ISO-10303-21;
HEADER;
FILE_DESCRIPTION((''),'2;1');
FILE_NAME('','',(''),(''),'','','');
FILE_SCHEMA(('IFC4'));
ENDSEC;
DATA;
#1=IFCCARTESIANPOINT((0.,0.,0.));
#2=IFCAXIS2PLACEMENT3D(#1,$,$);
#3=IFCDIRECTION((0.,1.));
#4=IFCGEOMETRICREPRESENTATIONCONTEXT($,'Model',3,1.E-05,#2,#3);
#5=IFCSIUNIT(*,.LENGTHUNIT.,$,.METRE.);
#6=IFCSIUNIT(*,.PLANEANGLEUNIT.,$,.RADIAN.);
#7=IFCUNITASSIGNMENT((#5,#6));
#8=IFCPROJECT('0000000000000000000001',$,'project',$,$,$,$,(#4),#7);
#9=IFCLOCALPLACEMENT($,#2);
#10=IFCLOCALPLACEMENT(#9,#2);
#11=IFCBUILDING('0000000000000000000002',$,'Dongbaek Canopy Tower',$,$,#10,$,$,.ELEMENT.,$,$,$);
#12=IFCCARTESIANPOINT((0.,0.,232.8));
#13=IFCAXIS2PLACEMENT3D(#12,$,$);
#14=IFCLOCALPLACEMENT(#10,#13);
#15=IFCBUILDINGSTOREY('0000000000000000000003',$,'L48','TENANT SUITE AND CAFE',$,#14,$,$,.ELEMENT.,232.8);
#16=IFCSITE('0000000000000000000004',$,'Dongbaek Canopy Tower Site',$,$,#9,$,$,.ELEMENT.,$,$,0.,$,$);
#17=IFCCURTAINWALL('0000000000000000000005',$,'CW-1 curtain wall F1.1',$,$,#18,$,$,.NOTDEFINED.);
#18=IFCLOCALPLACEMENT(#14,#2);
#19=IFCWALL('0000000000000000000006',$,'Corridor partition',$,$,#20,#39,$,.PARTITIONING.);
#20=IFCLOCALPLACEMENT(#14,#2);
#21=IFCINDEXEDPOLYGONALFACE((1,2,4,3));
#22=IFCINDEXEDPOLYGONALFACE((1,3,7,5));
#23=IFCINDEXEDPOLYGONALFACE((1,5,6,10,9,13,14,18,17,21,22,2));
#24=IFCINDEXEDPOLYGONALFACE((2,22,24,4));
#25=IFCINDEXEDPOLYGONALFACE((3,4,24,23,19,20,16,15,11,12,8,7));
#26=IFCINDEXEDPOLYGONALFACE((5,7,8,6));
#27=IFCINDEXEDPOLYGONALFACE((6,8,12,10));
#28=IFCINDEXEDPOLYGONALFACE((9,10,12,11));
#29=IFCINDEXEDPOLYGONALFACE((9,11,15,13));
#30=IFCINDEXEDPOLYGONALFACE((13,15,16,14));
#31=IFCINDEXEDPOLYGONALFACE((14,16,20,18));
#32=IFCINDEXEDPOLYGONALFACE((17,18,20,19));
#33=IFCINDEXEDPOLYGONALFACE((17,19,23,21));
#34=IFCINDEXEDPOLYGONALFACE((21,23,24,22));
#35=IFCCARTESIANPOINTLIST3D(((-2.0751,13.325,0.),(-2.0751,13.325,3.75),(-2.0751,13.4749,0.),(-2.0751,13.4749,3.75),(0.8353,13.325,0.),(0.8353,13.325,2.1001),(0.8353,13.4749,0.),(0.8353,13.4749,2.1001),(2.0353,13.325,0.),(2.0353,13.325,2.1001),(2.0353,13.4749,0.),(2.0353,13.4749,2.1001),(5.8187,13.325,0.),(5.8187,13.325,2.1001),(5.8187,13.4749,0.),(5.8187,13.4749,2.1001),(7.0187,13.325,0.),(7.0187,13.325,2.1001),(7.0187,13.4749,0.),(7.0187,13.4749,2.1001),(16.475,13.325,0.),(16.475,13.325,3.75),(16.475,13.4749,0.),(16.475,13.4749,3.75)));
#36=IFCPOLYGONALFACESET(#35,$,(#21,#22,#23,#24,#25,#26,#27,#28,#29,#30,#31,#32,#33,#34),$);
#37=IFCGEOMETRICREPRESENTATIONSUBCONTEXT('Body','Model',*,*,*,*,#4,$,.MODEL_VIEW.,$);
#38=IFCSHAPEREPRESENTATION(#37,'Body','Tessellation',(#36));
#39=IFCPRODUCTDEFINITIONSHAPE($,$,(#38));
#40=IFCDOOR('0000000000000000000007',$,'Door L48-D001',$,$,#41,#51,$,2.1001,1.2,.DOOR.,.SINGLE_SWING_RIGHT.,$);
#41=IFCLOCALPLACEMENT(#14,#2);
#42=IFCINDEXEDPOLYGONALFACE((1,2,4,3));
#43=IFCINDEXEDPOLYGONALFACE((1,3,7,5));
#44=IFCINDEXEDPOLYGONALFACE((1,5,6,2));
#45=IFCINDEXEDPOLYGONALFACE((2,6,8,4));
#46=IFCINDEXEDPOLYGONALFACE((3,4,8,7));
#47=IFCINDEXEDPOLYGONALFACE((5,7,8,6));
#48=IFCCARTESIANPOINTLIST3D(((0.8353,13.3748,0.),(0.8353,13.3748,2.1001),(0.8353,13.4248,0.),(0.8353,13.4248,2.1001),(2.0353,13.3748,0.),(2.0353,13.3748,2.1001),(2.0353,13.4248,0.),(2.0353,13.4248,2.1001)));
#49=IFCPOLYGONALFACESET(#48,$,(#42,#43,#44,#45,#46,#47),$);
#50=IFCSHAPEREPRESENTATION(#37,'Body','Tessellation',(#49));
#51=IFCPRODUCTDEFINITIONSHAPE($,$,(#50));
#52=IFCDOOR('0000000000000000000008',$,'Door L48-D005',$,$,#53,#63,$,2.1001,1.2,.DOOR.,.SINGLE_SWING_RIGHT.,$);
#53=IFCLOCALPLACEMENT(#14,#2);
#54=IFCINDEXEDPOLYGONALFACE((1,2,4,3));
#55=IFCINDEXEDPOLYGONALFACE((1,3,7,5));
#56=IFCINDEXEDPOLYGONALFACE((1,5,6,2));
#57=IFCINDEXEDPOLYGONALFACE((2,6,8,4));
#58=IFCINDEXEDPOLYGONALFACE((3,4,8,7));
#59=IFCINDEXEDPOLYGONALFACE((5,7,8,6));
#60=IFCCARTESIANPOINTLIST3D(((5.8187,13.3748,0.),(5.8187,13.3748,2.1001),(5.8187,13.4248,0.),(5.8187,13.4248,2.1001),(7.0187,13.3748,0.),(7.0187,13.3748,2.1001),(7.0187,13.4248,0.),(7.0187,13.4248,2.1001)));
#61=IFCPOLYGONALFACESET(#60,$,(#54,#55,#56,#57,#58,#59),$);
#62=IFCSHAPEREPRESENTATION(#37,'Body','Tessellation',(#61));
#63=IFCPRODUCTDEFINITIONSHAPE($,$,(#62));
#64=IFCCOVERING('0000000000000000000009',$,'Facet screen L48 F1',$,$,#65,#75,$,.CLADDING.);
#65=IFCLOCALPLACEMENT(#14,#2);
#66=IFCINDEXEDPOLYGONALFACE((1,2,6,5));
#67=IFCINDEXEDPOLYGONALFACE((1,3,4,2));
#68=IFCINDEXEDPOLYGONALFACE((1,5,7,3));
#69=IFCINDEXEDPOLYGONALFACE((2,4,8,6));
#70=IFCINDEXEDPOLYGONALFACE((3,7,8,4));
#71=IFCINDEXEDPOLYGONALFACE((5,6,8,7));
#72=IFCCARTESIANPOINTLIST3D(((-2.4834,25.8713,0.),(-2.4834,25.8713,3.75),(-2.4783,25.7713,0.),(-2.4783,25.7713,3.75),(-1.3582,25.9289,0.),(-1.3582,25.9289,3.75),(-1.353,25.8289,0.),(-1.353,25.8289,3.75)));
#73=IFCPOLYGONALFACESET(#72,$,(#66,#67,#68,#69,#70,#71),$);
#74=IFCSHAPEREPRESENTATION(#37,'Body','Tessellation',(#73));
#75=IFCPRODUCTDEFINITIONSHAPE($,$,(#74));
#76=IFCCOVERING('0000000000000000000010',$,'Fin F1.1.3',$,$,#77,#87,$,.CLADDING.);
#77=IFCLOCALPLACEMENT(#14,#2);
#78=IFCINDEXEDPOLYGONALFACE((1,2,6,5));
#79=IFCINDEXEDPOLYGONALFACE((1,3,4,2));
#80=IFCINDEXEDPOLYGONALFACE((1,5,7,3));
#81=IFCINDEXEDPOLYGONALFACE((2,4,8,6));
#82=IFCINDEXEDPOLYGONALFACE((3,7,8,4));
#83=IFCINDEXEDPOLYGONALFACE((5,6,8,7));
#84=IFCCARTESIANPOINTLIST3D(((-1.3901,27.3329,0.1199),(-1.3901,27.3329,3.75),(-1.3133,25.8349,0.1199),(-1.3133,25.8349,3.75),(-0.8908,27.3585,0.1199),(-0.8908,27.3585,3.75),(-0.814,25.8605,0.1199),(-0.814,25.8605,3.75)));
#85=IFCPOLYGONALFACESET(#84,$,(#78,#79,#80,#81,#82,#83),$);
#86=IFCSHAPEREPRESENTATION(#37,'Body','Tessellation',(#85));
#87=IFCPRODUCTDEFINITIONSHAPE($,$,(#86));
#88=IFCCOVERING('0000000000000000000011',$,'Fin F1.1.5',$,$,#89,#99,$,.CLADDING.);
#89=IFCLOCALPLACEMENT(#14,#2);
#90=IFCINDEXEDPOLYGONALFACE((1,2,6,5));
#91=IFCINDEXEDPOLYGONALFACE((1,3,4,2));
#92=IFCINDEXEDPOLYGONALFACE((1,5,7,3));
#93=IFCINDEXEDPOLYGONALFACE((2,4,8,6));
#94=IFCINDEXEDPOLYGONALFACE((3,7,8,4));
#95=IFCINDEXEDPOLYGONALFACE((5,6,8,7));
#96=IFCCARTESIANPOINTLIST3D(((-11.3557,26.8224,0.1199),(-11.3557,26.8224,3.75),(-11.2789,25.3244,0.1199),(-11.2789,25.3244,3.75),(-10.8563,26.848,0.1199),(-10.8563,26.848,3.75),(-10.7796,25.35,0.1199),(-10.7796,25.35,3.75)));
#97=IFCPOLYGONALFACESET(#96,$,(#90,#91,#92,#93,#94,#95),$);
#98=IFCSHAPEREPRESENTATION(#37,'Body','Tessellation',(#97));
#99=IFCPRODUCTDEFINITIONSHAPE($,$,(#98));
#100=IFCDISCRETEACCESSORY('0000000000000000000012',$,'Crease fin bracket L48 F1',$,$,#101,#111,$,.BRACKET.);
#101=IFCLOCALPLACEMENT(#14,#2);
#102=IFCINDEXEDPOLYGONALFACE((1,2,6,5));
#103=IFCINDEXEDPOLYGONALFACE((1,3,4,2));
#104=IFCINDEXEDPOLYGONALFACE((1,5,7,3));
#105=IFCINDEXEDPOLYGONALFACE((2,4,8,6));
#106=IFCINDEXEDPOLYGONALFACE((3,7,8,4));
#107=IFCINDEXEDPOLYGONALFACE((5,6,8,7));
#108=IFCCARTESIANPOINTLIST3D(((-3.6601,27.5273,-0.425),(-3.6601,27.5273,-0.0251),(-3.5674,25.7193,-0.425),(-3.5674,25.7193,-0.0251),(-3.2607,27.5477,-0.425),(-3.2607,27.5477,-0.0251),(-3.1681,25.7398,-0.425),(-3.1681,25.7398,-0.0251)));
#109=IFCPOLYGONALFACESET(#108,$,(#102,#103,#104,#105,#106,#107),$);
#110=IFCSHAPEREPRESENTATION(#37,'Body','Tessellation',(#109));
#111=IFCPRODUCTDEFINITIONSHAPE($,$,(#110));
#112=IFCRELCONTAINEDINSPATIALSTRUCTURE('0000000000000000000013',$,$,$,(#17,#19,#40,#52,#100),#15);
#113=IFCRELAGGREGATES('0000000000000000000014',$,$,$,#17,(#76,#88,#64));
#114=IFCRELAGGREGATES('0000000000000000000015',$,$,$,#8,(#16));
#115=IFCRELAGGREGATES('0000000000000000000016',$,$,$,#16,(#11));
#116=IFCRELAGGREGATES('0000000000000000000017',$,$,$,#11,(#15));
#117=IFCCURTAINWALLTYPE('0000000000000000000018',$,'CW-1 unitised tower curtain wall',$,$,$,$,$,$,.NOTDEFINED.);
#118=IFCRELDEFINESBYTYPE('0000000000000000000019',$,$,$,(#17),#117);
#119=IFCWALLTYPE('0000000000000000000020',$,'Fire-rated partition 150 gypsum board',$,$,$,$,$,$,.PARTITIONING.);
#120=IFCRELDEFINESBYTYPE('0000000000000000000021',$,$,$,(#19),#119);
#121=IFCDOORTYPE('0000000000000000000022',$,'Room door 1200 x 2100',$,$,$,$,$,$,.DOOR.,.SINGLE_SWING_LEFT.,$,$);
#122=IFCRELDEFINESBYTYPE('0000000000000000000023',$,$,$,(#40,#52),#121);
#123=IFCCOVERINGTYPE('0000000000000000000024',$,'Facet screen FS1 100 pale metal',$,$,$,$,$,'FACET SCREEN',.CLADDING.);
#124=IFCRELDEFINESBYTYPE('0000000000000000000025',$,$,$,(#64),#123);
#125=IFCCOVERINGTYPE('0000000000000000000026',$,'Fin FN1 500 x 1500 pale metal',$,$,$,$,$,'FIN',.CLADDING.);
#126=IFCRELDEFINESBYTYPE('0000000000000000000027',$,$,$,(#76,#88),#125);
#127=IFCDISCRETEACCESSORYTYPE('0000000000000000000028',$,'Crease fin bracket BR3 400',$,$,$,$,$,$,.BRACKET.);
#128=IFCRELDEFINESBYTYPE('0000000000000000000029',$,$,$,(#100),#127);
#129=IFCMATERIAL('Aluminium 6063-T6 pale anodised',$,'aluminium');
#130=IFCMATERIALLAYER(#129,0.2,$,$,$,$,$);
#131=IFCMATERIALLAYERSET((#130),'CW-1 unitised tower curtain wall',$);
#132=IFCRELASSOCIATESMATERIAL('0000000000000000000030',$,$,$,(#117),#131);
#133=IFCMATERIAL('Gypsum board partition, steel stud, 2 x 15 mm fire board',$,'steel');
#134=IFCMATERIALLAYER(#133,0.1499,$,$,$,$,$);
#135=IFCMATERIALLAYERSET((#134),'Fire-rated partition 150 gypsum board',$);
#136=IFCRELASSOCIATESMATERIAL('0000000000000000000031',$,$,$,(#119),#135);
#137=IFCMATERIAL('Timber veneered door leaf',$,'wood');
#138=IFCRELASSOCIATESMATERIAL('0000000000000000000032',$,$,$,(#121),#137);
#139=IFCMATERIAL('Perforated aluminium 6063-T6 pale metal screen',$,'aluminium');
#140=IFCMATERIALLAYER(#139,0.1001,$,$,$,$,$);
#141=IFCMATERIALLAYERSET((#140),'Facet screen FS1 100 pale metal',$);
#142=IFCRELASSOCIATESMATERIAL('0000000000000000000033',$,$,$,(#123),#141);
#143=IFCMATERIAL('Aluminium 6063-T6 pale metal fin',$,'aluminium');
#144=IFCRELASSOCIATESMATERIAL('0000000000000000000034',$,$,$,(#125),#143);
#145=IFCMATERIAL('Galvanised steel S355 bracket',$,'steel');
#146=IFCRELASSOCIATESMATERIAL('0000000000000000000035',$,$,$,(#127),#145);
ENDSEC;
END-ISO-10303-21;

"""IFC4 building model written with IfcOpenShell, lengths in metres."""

from ifc_helpers import new_model, si_unit, direction, frame, frame_2d, origin, origin_2d, place, context, subcontext, project, spatial, rectangle, extrude, material, layer, layer_set, material_profile, profile_set, type_object, element, fill, aggregate, save


model = new_model("IFC4")

# Units and contexts
model_context = context("Model", 3, precision=1e-05, world=origin(), true_north=direction((0.0, 1.0)))
body_context = subcontext(model_context, "Body", "Model", "MODEL_VIEW")
ifc_project = project(units=[si_unit("LENGTHUNIT", "METRE"), si_unit("PLANEANGLEUNIT", "RADIAN")], contexts=[model_context])

# Site, building, storey
site_placement = place(None, origin())
site = spatial("IfcSite", under=ifc_project, at=site_placement, Name="Dongbaek Canopy Tower Site", CompositionType="ELEMENT", RefElevation=0.0)
building_placement = place(site_placement, origin())
building = spatial("IfcBuilding", under=site, at=building_placement, Name="Dongbaek Canopy Tower", CompositionType="ELEMENT")
storey_placement = place(building_placement, frame((0.0, 0.0, 232.8)))
storey = spatial("IfcBuildingStorey", under=building, at=storey_placement, Name="L48", Description="TENANT SUITE AND CAFE", CompositionType="ELEMENT", Elevation=232.8)

# Curtain wall
ifc_material_1 = material(Name="Aluminium 6063-T6 pale anodised", Category="aluminium")
ifc_layer_1 = layer(ifc_material_1, 0.2)
ifc_layer_set_1 = layer_set([ifc_layer_1], Name="CW-1 unitised tower curtain wall")
curtain_wall_type = type_object("IfcCurtainWallType", Name="CW-1 unitised tower curtain wall", PredefinedType="NOTDEFINED", material=ifc_layer_set_1)
curtain_wall_1_placement = place(storey_placement, origin())
curtain_wall_1 = element("IfcCurtainWall", 1, at=curtain_wall_1_placement, inside=storey, type_object=curtain_wall_type, Name="CW-1 curtain wall F1.1", PredefinedType="NOTDEFINED")

# Wall, openings, doors
ifc_material_2 = material(Name="Gypsum board partition, steel stud, 2 x 15 mm fire board", Category="steel")
ifc_layer_2 = layer(ifc_material_2, 0.1499)
ifc_layer_set_2 = layer_set([ifc_layer_2], Name="Fire-rated partition 150 gypsum board")
wall_type = type_object("IfcWallType", Name="Fire-rated partition 150 gypsum board", PredefinedType="PARTITIONING", material=ifc_layer_set_2)
wall_placement = place(storey_placement, frame((-2.075, 13.3999, 0.0), z_axis=(0.0, 0.0, 1.0), x_axis=(1.0, 0.0, 0.0)))
wall = element("IfcWall", 2, at=wall_placement, inside=storey, type_object=wall_type, Name="Corridor partition", PredefinedType="PARTITIONING", context=body_context, shape_type="SweptSolid", body=[
    extrude(rectangle(XDim=18.55, YDim=0.1499, at=frame_2d((9.2749, 0.0))), origin(), (0.0, 0.0, 1.0), 3.75),
])
opening_1_placement = place(wall_placement, frame((2.9102, 0.0, 0.0)))
opening_1 = element("IfcOpeningElement", 3, at=opening_1_placement, cuts=wall, PredefinedType="OPENING", context=body_context, shape_type="SweptSolid", body=[
    extrude(rectangle(XDim=1.2, YDim=2.1001, at=frame_2d((0.6001, 1.05))), frame((0.0, 0.085, 0.0), z_axis=(0.0, -1.0, 0.0), x_axis=(1.0, 0.0, 0.0)), (0.0, 0.0, 1.0), 0.1699),
])
opening_2_placement = place(wall_placement, frame((7.8936, 0.0, 0.0)))
opening_2 = element("IfcOpeningElement", 4, at=opening_2_placement, cuts=wall, PredefinedType="OPENING", context=body_context, shape_type="SweptSolid", body=[
    extrude(rectangle(XDim=1.2, YDim=2.1001, at=frame_2d((0.6001, 1.05))), frame((0.0, 0.085, 0.0), z_axis=(0.0, -1.0, 0.0), x_axis=(1.0, 0.0, 0.0)), (0.0, 0.0, 1.0), 0.1699),
])
ifc_material_3 = material(Name="Timber veneered door leaf", Category="wood")
door_type = type_object("IfcDoorType", Name="Room door 1200 x 2100", OperationType="SINGLE_SWING_LEFT", PredefinedType="DOOR", material=ifc_material_3)
door_1_placement = place(opening_1_placement, origin())
door_1 = element("IfcDoor", 5, at=door_1_placement, inside=storey, type_object=door_type, Name="Door L48-D001", OperationType="SINGLE_SWING_RIGHT", OverallHeight=2.1001, OverallWidth=1.2, PredefinedType="DOOR", context=body_context, shape_type="SweptSolid", body=[
    extrude(rectangle(XDim=1.2, YDim=2.1001, at=frame_2d((0.6001, 1.05))), frame((0.0, 0.0249, 0.0), z_axis=(0.0, -1.0, 0.0), x_axis=(1.0, 0.0, 0.0)), (0.0, 0.0, 1.0), 0.05),
])
fill(opening_1, door_1)
door_2_placement = place(opening_2_placement, origin())
door_2 = element("IfcDoor", 6, at=door_2_placement, inside=storey, type_object=door_type, Name="Door L48-D005", OperationType="SINGLE_SWING_RIGHT", OverallHeight=2.1001, OverallWidth=1.2, PredefinedType="DOOR", context=body_context, shape_type="SweptSolid", body=[
    extrude(rectangle(XDim=1.2, YDim=2.1001, at=frame_2d((0.6001, 1.05))), frame((0.0, 0.0249, 0.0), z_axis=(0.0, -1.0, 0.0), x_axis=(1.0, 0.0, 0.0)), (0.0, 0.0, 1.0), 0.05),
])
fill(opening_2, door_2)

# Coverings
ifc_material_4 = material(Name="Perforated aluminium 6063-T6 pale metal screen", Category="aluminium")
ifc_layer_3 = layer(ifc_material_4, 0.1001)
ifc_layer_set_3 = layer_set([ifc_layer_3], Name="Facet screen FS1 100 pale metal")
covering_type_1 = type_object("IfcCoveringType", Name="Facet screen FS1 100 pale metal", ElementType="FACET SCREEN", PredefinedType="CLADDING", material=ifc_layer_set_3)
covering_1_placement = place(storey_placement, frame((-1.9182, 25.8501, 0.0), z_axis=(0.0, 0.0, 1.0), x_axis=(-0.99869, -0.051172, 0.0)))
covering_1 = element("IfcCovering", 7, at=covering_1_placement, type_object=covering_type_1, Name="Facet screen L48 F1", PredefinedType="CLADDING", context=body_context, shape_type="SweptSolid", body=[
    extrude(rectangle(XDim=1.1267, YDim=0.1001, at=origin_2d()), origin(), (0.0, 0.0, 1.0), 3.75),
])
ifc_material_5 = material(Name="Aluminium 6063-T6 pale metal fin", Category="aluminium")
ifc_material_profile_1 = material_profile(ifc_material_5, rectangle(XDim=1.5, YDim=0.5, at=origin_2d()), Name="Fin FN1 500 x 1500 pale metal")
ifc_profile_set_1 = profile_set([ifc_material_profile_1], Name="Aluminium 6063-T6 pale metal fin")
covering_type_2 = type_object("IfcCoveringType", Name="Fin FN1 500 x 1500 pale metal", ElementType="FIN", PredefinedType="CLADDING", material=ifc_profile_set_1)
covering_2_placement = place(storey_placement, frame((-1.1021, 26.5967, 0.1199), z_axis=(0.0, 0.0, 1.0), x_axis=(-0.051171, 0.99869, 0.0)))
covering_2 = element("IfcCovering", 8, at=covering_2_placement, type_object=covering_type_2, Name="Fin F1.1.3", PredefinedType="CLADDING", context=body_context, shape_type="SweptSolid", body=[
    extrude(rectangle(XDim=1.5, YDim=0.5, at=origin_2d()), origin(), (0.0, 0.0, 1.0), 3.6301),
])
covering_3_placement = place(storey_placement, frame((-11.0676, 26.0862, 0.1199), z_axis=(0.0, 0.0, 1.0), x_axis=(-0.051171, 0.99869, 0.0)))
covering_3 = element("IfcCovering", 9, at=covering_3_placement, type_object=covering_type_2, Name="Fin F1.1.5", PredefinedType="CLADDING", context=body_context, shape_type="SweptSolid", body=[
    extrude(rectangle(XDim=1.5, YDim=0.5, at=origin_2d()), origin(), (0.0, 0.0, 1.0), 3.6301),
])
aggregate(curtain_wall_1, [covering_2, covering_3, covering_1])

# Discrete accessory
ifc_material_6 = material(Name="Galvanised steel S355 bracket", Category="steel")
discrete_accessory_type = type_object("IfcDiscreteAccessoryType", Name="Crease fin bracket BR3 400", PredefinedType="BRACKET", material=ifc_material_6)
discrete_accessory_placement = place(storey_placement, frame((-3.4141, 26.6335, -0.425), z_axis=(0.0, 0.0, 1.0), x_axis=(-0.051172, 0.99869, 0.0)))
element("IfcDiscreteAccessory", 10, at=discrete_accessory_placement, inside=storey, type_object=discrete_accessory_type, Name="Crease fin bracket L48 F1", PredefinedType="BRACKET", context=body_context, shape_type="SweptSolid", body=[
    extrude(rectangle(XDim=1.8103, YDim=0.3999, at=origin_2d()), origin(), (0.0, 0.0, 1.0), 0.3999),
])

save(model, "model.ifc")
